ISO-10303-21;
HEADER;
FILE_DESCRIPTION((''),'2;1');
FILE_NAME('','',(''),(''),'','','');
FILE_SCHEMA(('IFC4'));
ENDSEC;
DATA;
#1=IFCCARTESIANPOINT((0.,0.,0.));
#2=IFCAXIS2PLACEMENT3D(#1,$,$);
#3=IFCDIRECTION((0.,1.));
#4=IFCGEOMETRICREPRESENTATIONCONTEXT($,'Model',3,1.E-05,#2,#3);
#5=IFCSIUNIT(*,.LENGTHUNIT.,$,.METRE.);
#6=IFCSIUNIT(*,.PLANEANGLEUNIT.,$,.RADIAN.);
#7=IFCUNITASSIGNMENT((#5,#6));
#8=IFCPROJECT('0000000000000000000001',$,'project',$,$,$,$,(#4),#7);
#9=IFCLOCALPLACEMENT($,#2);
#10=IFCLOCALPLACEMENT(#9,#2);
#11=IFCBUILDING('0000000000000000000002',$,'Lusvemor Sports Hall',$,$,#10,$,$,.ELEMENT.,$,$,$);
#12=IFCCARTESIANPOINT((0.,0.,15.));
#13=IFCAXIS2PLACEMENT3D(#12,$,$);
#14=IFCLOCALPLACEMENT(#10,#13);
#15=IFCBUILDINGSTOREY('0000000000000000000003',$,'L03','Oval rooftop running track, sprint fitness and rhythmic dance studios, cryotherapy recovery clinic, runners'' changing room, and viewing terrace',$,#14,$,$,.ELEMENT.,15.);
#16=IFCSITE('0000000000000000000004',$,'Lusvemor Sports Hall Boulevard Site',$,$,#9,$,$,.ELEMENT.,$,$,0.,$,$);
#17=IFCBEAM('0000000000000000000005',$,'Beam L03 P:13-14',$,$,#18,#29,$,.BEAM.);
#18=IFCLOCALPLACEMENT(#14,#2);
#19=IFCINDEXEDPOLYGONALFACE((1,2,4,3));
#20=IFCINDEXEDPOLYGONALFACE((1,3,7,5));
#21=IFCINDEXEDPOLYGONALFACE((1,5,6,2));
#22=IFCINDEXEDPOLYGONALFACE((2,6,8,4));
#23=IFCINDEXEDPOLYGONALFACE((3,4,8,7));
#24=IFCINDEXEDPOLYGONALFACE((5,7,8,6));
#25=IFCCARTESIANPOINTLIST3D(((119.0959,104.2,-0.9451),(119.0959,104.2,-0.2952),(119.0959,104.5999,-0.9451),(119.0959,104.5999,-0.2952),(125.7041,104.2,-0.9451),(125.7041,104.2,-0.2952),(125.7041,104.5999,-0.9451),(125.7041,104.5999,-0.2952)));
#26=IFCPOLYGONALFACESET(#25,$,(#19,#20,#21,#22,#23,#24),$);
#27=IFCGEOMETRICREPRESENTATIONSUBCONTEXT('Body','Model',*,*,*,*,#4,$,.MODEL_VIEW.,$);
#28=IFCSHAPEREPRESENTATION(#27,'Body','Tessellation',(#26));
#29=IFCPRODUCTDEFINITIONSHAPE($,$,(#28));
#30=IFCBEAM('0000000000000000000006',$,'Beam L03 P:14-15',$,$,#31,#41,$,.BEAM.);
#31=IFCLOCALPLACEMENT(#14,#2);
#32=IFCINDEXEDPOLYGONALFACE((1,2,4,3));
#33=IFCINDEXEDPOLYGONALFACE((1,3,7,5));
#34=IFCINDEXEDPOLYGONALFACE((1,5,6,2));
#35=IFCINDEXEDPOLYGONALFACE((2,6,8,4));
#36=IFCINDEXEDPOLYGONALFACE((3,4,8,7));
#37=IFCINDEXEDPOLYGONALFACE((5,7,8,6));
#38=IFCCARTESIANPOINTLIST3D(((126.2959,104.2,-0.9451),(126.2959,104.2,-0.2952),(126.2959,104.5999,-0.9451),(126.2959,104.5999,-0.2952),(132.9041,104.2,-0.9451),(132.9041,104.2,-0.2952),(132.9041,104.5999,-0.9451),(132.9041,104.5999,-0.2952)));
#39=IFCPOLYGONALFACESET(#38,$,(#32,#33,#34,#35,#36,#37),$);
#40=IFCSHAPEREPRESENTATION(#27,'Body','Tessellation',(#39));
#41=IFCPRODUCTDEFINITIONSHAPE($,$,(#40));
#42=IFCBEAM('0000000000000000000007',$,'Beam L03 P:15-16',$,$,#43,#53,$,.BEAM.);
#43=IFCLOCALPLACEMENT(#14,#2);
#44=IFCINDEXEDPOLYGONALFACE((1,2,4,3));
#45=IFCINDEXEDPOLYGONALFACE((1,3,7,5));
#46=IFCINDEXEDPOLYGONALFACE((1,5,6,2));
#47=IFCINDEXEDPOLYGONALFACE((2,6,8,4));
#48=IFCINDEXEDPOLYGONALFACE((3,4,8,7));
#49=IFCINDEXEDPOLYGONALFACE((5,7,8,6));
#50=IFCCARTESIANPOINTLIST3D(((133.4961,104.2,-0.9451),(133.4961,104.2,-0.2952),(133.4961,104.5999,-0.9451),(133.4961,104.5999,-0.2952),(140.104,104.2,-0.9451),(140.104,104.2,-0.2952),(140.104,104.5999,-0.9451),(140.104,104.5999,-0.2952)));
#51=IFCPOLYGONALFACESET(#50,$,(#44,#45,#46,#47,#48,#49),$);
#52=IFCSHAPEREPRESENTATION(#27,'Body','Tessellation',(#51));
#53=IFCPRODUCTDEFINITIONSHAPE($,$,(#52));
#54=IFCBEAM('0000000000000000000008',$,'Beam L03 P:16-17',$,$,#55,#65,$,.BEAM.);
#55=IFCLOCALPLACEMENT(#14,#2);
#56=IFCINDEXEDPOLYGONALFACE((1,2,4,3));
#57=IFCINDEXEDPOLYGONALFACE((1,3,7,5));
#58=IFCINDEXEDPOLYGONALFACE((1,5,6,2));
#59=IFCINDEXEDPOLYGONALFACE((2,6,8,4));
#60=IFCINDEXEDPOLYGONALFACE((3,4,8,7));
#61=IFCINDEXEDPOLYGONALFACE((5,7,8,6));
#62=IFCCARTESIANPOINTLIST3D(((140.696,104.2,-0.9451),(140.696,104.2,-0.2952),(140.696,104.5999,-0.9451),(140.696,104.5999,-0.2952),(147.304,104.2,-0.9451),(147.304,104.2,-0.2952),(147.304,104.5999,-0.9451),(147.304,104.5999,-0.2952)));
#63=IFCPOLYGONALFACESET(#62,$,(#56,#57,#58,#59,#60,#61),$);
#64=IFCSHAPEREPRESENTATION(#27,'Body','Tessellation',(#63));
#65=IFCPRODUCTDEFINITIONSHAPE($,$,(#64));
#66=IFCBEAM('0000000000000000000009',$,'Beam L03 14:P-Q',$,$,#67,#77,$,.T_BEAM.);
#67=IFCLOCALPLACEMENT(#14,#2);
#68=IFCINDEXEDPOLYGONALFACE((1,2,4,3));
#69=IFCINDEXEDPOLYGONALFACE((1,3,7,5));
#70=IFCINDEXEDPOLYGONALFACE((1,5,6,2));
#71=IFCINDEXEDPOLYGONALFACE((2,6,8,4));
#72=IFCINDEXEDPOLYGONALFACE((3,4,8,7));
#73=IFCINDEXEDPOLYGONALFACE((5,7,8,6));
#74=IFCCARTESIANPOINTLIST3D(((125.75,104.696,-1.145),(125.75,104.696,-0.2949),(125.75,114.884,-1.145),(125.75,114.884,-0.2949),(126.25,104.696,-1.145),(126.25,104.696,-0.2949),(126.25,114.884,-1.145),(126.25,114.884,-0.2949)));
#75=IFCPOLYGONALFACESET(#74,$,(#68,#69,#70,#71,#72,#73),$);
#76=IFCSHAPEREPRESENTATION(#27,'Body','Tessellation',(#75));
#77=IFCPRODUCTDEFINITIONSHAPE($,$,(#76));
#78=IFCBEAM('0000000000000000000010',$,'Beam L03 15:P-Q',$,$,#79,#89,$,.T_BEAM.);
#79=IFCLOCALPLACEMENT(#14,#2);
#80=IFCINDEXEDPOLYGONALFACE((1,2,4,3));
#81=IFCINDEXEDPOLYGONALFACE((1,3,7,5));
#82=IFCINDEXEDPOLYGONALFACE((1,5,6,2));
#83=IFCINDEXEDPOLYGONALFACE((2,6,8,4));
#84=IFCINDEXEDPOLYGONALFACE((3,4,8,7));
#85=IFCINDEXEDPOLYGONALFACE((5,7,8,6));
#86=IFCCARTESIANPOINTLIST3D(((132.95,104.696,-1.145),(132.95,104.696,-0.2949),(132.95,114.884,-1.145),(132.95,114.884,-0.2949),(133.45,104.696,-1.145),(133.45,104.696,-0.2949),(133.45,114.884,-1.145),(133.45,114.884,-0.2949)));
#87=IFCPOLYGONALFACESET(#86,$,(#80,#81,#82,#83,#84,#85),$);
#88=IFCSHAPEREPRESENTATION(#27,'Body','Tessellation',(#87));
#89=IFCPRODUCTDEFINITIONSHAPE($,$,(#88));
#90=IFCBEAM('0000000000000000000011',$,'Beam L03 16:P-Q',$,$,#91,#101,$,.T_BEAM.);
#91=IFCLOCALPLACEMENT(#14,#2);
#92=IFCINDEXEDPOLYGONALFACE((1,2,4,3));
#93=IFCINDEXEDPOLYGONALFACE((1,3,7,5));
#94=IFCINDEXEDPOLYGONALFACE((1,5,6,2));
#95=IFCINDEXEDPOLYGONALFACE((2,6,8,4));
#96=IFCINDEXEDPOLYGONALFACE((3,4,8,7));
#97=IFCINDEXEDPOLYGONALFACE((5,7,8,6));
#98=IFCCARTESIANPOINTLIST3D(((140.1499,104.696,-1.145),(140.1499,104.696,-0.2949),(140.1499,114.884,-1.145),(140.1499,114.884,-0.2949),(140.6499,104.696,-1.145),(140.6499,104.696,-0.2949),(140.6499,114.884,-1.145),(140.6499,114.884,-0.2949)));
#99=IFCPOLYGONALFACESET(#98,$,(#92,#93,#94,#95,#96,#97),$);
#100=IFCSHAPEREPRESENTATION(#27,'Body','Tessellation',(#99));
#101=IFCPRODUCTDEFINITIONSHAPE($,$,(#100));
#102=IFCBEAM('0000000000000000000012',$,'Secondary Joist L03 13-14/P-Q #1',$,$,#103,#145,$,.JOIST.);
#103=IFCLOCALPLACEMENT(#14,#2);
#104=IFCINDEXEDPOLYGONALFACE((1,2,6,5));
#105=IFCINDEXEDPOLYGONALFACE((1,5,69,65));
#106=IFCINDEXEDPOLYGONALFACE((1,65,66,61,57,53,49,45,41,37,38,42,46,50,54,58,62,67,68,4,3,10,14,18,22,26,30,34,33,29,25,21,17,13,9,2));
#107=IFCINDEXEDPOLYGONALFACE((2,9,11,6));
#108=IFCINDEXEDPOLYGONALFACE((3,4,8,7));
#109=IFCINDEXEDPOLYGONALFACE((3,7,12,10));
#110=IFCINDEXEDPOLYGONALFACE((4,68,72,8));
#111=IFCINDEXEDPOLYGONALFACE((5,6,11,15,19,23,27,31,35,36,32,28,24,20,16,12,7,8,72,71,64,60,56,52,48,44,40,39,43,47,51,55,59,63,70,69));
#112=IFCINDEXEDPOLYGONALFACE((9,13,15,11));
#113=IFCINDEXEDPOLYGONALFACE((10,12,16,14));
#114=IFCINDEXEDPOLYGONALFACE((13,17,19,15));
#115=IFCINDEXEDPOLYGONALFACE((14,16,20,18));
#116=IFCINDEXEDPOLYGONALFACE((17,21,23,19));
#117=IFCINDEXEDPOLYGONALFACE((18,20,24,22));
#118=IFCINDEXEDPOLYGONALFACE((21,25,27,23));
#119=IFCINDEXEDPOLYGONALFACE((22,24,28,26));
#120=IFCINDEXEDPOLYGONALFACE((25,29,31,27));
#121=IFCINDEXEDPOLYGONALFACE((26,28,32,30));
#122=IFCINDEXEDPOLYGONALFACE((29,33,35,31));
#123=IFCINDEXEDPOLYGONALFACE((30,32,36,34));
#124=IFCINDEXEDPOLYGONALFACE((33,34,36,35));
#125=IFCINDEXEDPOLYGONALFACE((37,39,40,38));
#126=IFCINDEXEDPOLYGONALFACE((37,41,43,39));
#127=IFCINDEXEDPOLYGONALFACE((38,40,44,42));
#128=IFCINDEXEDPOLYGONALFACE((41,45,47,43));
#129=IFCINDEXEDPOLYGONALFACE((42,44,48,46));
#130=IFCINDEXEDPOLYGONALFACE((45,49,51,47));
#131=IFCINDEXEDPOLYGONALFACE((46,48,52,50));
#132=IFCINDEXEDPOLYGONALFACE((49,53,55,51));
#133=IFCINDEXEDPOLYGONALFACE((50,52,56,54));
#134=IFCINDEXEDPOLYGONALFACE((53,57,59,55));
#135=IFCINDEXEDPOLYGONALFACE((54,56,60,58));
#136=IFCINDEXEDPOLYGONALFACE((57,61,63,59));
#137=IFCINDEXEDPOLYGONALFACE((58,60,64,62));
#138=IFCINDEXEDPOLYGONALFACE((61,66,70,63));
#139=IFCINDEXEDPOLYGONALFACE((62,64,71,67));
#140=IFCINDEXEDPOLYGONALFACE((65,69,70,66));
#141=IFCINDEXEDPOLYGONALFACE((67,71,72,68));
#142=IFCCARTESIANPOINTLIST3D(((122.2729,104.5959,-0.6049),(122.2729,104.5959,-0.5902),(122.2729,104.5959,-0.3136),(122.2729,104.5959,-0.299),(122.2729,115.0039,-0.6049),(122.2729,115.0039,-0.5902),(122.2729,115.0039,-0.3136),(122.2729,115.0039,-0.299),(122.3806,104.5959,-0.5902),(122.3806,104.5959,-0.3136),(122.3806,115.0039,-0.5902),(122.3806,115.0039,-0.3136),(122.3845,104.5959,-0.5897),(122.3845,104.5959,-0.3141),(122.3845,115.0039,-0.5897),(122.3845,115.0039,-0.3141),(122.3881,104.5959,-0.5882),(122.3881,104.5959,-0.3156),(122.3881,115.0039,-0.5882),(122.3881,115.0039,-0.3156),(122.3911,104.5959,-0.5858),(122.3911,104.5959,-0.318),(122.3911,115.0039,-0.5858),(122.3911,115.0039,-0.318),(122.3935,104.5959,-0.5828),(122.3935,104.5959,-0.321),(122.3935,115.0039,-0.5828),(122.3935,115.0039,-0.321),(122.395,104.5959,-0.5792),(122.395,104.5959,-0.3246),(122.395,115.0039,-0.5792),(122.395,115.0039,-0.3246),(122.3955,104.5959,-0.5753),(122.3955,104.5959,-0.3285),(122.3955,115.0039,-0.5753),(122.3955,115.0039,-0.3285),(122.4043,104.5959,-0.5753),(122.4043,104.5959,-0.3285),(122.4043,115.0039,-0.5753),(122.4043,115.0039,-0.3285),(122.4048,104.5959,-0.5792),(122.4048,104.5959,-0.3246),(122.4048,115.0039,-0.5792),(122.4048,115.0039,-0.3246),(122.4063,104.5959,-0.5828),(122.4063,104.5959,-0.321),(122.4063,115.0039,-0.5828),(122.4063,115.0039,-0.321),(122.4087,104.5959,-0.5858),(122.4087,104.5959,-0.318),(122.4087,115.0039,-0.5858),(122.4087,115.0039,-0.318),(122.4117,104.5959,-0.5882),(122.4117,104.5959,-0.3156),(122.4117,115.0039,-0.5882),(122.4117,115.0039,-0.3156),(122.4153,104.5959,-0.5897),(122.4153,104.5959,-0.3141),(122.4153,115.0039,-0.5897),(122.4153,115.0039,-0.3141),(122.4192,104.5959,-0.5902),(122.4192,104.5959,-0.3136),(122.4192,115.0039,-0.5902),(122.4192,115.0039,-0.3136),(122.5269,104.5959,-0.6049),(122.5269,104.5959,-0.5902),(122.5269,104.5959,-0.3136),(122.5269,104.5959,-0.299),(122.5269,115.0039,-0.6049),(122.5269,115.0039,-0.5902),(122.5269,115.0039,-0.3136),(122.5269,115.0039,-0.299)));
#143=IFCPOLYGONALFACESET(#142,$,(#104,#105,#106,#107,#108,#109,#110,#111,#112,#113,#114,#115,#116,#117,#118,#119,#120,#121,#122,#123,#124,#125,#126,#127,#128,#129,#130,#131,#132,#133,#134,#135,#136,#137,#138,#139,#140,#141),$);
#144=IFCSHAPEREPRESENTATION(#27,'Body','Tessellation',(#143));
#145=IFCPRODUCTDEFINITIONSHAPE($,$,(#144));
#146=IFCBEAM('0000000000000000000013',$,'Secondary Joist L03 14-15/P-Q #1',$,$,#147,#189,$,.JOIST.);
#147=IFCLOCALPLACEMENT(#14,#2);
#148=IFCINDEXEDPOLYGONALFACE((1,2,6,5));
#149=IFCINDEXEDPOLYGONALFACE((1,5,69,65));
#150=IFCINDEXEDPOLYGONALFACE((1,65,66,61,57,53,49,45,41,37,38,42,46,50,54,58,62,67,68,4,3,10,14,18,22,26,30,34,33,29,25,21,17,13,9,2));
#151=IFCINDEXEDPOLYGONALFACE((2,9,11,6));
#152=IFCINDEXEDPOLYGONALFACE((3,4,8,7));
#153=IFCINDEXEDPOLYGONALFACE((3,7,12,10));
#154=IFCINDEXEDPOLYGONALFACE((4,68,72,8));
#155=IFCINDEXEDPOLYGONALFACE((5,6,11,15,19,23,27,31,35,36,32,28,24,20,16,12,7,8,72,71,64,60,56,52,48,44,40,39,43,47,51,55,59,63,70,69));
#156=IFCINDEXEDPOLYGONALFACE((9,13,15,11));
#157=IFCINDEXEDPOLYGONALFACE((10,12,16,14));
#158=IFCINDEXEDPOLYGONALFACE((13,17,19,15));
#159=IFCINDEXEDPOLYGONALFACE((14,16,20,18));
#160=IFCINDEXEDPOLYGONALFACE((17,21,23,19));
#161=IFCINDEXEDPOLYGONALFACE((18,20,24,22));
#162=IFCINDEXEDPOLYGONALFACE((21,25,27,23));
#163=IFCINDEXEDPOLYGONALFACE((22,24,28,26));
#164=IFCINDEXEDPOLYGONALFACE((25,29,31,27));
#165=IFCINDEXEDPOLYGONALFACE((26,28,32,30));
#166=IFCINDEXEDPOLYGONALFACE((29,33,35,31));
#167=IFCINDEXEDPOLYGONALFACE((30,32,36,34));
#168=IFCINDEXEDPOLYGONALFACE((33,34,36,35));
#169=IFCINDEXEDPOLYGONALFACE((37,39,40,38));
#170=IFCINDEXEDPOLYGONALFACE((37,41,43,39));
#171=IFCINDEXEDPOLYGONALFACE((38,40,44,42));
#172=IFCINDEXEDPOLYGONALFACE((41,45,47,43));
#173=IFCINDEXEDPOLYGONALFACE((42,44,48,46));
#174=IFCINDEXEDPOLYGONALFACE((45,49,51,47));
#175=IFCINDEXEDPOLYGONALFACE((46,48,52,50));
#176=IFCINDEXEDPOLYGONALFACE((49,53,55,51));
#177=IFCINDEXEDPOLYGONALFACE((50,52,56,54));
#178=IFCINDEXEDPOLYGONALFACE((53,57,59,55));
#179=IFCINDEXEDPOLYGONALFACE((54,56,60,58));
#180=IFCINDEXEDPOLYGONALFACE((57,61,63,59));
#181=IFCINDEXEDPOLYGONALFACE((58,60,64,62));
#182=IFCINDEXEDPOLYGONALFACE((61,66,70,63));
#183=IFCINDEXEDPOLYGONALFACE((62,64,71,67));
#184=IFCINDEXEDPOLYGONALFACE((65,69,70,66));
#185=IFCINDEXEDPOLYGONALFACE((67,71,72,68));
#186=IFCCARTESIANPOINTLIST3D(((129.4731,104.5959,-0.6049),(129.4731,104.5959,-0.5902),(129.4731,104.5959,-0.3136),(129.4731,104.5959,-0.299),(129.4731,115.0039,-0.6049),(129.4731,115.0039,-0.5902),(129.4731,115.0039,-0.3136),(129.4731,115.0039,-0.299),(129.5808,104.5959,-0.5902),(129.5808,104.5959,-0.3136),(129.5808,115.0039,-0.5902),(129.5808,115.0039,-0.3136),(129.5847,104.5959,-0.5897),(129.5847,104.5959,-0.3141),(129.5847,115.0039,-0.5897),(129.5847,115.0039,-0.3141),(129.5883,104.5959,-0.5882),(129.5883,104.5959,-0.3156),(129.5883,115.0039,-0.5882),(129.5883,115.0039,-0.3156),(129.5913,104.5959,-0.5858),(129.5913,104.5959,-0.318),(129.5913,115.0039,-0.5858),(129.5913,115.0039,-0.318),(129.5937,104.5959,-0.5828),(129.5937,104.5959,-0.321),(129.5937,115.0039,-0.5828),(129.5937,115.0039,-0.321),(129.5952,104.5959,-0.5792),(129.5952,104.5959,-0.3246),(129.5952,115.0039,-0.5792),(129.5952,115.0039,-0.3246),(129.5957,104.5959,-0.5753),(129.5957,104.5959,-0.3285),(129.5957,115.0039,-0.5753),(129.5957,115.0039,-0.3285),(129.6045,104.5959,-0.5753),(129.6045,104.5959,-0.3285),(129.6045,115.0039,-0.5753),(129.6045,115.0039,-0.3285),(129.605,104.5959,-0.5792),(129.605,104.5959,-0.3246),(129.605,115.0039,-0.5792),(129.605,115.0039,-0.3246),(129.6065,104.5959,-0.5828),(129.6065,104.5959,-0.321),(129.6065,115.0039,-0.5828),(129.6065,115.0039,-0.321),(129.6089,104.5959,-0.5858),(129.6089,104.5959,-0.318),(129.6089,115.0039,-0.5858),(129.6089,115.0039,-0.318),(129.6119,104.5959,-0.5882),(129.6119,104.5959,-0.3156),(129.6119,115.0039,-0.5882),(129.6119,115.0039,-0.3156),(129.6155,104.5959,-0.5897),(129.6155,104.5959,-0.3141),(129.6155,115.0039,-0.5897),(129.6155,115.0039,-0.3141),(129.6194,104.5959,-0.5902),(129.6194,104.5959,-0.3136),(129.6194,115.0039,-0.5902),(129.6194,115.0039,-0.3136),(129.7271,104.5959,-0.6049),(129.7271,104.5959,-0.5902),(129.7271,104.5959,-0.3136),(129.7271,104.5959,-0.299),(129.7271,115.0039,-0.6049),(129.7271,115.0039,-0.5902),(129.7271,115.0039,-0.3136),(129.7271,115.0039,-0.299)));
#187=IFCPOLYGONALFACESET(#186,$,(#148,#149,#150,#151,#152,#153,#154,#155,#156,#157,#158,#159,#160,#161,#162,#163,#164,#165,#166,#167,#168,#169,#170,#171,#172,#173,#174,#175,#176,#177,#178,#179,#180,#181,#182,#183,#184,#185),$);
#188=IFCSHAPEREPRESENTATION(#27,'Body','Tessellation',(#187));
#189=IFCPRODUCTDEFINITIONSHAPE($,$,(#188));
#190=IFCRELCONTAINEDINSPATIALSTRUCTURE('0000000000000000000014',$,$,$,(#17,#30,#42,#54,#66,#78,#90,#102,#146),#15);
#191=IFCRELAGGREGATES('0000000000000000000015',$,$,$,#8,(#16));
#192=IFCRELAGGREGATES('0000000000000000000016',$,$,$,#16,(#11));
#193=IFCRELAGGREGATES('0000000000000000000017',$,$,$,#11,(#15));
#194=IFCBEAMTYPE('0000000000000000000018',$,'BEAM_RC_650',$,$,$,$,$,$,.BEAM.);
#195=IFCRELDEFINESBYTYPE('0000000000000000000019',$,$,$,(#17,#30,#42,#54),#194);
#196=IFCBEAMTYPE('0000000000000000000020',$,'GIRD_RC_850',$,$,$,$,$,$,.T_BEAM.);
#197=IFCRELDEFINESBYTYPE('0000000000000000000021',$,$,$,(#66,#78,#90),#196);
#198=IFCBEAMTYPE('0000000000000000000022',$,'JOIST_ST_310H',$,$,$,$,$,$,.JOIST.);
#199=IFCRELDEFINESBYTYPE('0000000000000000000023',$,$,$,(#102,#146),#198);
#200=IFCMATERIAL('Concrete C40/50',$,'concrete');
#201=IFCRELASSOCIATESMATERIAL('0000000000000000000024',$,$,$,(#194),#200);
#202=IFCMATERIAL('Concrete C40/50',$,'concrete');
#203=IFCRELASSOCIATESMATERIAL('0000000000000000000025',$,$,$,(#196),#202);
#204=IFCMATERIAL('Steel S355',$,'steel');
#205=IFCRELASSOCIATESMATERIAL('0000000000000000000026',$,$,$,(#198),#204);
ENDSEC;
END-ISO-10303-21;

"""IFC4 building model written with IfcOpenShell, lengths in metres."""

from ifc_helpers import new_model, si_unit, direction, frame, origin, origin_2d, place, context, subcontext, project, spatial, rectangle, i_section, extrude, material, material_profile, profile_set, type_object, element, save


model = new_model("IFC4")

# Units and contexts
model_context = context("Model", 3, precision=1e-05, world=origin(), true_north=direction((0.0, 1.0)))
body_context = subcontext(model_context, "Body", "Model", "MODEL_VIEW")
ifc_project = project(units=[si_unit("LENGTHUNIT", "METRE"), si_unit("PLANEANGLEUNIT", "RADIAN")], contexts=[model_context])

# Site, building, storey
site_placement = place(None, origin())
site = spatial("IfcSite", under=ifc_project, at=site_placement, Name="Lusvemor Sports Hall Boulevard Site", CompositionType="ELEMENT", RefElevation=0.0)
building_placement = place(site_placement, origin())
building = spatial("IfcBuilding", under=site, at=building_placement, Name="Lusvemor Sports Hall", CompositionType="ELEMENT")
storey_placement = place(building_placement, frame((0.0, 0.0, 15.0)))
storey = spatial("IfcBuildingStorey", under=building, at=storey_placement, Name="L03", Description="Oval rooftop running track, sprint fitness and rhythmic dance studios, cryotherapy recovery clinic, runners' changing room, and viewing terrace", CompositionType="ELEMENT", Elevation=15.0)

# Beams
ifc_material_1 = material(Name="Concrete C40/50", Category="concrete")
ifc_material_profile_1 = material_profile(ifc_material_1, rectangle(XDim=0.3999, YDim=0.6499, at=origin_2d()), Name="RC400x650")
ifc_profile_set_1 = profile_set([ifc_material_profile_1], Name="Concrete C40/50")
beam_type_1 = type_object("IfcBeamType", Name="BEAM_RC_650", PredefinedType="BEAM", material=ifc_profile_set_1)
for number, where, z_axis, x_axis, name in (
    (1, (119.0959, 104.3999, -0.6201), (1.0, 0.0, 0.0), (0.0, 1.0, 0.0), "Beam L03 P:13-14"),
    (2, (126.2959, 104.3999, -0.6201), (1.0, 0.0, 0.0), (0.0, 1.0, 0.0), "Beam L03 P:14-15"),
):
    element("IfcBeam", number, at=place(storey_placement, frame(where, z_axis=z_axis, x_axis=x_axis)), inside=storey, type_object=beam_type_1, Name=name, PredefinedType="BEAM", context=body_context, shape_type="SweptSolid", body=[
        extrude(rectangle(XDim=0.3999, YDim=0.6499, at=origin_2d()), origin(), (0.0, 0.0, 1.0), 6.6082),
    ])
for number, where, z_axis, x_axis, name in (
    (3, (133.4961, 104.3999, -0.6201), (1.0, 0.0, 0.0), (0.0, 1.0, 0.0), "Beam L03 P:15-16"),
    (4, (140.696, 104.3999, -0.6201), (1.0, 0.0, 0.0), (0.0, 1.0, 0.0), "Beam L03 P:16-17"),
):
    element("IfcBeam", number, at=place(storey_placement, frame(where, z_axis=z_axis, x_axis=x_axis)), inside=storey, type_object=beam_type_1, Name=name, PredefinedType="BEAM", context=body_context, shape_type="SweptSolid", body=[
        extrude(rectangle(XDim=0.3999, YDim=0.6499, at=origin_2d()), origin(), (0.0, 0.0, 1.0), 6.6079),
    ])
ifc_material_2 = material(Name="Concrete C40/50", Category="concrete")
ifc_material_profile_2 = material_profile(ifc_material_2, rectangle(XDim=0.5, YDim=0.8501, at=origin_2d()), Name="RC500x850")
ifc_profile_set_2 = profile_set([ifc_material_profile_2], Name="Concrete C40/50")
beam_type_2 = type_object("IfcBeamType", Name="GIRD_RC_850", PredefinedType="T_BEAM", material=ifc_profile_set_2)
for number, where, z_axis, x_axis, name in (
    (5, (126.0, 104.696, -0.72), (0.0, 1.0, 0.0), (-1.0, 0.0, 0.0), "Beam L03 14:P-Q"),
    (6, (133.2, 104.696, -0.72), (0.0, 1.0, 0.0), (-1.0, 0.0, 0.0), "Beam L03 15:P-Q"),
    (7, (140.3999, 104.696, -0.72), (0.0, 1.0, 0.0), (-1.0, 0.0, 0.0), "Beam L03 16:P-Q"),
):
    element("IfcBeam", number, at=place(storey_placement, frame(where, z_axis=z_axis, x_axis=x_axis)), inside=storey, type_object=beam_type_2, Name=name, PredefinedType="T_BEAM", context=body_context, shape_type="SweptSolid", body=[
        extrude(rectangle(XDim=0.5, YDim=0.8501, at=origin_2d()), origin(), (0.0, 0.0, 1.0), 10.188),
    ])
ifc_material_3 = material(Name="Steel S355", Category="steel")
ifc_material_profile_3 = material_profile(ifc_material_3, i_section(OverallWidth=0.2539, OverallDepth=0.3059, WebThickness=0.0088, FlangeThickness=0.0146, FilletRadius=0.0149, at=origin_2d()), Name="W310x79.0")
ifc_profile_set_3 = profile_set([ifc_material_profile_3], Name="Steel S355")
beam_type_3 = type_object("IfcBeamType", Name="JOIST_ST_310H", PredefinedType="JOIST", material=ifc_profile_set_3)
for number, where, z_axis, x_axis, name in (
    (8, (122.3999, 104.5959, -0.4519), (0.0, 1.0, 0.0), (-1.0, 0.0, 0.0), "Secondary Joist L03 13-14/P-Q #1"),
    (9, (129.6001, 104.5959, -0.4519), (0.0, 1.0, 0.0), (-1.0, 0.0, 0.0), "Secondary Joist L03 14-15/P-Q #1"),
):
    element("IfcBeam", number, at=place(storey_placement, frame(where, z_axis=z_axis, x_axis=x_axis)), inside=storey, type_object=beam_type_3, Name=name, PredefinedType="JOIST", context=body_context, shape_type="SweptSolid", body=[
        extrude(i_section(OverallWidth=0.2539, OverallDepth=0.3059, WebThickness=0.0088, FlangeThickness=0.0146, FilletRadius=0.0149, at=origin_2d()), origin(), (0.0, 0.0, 1.0), 10.408),
    ])

save(model, "model.ifc")
